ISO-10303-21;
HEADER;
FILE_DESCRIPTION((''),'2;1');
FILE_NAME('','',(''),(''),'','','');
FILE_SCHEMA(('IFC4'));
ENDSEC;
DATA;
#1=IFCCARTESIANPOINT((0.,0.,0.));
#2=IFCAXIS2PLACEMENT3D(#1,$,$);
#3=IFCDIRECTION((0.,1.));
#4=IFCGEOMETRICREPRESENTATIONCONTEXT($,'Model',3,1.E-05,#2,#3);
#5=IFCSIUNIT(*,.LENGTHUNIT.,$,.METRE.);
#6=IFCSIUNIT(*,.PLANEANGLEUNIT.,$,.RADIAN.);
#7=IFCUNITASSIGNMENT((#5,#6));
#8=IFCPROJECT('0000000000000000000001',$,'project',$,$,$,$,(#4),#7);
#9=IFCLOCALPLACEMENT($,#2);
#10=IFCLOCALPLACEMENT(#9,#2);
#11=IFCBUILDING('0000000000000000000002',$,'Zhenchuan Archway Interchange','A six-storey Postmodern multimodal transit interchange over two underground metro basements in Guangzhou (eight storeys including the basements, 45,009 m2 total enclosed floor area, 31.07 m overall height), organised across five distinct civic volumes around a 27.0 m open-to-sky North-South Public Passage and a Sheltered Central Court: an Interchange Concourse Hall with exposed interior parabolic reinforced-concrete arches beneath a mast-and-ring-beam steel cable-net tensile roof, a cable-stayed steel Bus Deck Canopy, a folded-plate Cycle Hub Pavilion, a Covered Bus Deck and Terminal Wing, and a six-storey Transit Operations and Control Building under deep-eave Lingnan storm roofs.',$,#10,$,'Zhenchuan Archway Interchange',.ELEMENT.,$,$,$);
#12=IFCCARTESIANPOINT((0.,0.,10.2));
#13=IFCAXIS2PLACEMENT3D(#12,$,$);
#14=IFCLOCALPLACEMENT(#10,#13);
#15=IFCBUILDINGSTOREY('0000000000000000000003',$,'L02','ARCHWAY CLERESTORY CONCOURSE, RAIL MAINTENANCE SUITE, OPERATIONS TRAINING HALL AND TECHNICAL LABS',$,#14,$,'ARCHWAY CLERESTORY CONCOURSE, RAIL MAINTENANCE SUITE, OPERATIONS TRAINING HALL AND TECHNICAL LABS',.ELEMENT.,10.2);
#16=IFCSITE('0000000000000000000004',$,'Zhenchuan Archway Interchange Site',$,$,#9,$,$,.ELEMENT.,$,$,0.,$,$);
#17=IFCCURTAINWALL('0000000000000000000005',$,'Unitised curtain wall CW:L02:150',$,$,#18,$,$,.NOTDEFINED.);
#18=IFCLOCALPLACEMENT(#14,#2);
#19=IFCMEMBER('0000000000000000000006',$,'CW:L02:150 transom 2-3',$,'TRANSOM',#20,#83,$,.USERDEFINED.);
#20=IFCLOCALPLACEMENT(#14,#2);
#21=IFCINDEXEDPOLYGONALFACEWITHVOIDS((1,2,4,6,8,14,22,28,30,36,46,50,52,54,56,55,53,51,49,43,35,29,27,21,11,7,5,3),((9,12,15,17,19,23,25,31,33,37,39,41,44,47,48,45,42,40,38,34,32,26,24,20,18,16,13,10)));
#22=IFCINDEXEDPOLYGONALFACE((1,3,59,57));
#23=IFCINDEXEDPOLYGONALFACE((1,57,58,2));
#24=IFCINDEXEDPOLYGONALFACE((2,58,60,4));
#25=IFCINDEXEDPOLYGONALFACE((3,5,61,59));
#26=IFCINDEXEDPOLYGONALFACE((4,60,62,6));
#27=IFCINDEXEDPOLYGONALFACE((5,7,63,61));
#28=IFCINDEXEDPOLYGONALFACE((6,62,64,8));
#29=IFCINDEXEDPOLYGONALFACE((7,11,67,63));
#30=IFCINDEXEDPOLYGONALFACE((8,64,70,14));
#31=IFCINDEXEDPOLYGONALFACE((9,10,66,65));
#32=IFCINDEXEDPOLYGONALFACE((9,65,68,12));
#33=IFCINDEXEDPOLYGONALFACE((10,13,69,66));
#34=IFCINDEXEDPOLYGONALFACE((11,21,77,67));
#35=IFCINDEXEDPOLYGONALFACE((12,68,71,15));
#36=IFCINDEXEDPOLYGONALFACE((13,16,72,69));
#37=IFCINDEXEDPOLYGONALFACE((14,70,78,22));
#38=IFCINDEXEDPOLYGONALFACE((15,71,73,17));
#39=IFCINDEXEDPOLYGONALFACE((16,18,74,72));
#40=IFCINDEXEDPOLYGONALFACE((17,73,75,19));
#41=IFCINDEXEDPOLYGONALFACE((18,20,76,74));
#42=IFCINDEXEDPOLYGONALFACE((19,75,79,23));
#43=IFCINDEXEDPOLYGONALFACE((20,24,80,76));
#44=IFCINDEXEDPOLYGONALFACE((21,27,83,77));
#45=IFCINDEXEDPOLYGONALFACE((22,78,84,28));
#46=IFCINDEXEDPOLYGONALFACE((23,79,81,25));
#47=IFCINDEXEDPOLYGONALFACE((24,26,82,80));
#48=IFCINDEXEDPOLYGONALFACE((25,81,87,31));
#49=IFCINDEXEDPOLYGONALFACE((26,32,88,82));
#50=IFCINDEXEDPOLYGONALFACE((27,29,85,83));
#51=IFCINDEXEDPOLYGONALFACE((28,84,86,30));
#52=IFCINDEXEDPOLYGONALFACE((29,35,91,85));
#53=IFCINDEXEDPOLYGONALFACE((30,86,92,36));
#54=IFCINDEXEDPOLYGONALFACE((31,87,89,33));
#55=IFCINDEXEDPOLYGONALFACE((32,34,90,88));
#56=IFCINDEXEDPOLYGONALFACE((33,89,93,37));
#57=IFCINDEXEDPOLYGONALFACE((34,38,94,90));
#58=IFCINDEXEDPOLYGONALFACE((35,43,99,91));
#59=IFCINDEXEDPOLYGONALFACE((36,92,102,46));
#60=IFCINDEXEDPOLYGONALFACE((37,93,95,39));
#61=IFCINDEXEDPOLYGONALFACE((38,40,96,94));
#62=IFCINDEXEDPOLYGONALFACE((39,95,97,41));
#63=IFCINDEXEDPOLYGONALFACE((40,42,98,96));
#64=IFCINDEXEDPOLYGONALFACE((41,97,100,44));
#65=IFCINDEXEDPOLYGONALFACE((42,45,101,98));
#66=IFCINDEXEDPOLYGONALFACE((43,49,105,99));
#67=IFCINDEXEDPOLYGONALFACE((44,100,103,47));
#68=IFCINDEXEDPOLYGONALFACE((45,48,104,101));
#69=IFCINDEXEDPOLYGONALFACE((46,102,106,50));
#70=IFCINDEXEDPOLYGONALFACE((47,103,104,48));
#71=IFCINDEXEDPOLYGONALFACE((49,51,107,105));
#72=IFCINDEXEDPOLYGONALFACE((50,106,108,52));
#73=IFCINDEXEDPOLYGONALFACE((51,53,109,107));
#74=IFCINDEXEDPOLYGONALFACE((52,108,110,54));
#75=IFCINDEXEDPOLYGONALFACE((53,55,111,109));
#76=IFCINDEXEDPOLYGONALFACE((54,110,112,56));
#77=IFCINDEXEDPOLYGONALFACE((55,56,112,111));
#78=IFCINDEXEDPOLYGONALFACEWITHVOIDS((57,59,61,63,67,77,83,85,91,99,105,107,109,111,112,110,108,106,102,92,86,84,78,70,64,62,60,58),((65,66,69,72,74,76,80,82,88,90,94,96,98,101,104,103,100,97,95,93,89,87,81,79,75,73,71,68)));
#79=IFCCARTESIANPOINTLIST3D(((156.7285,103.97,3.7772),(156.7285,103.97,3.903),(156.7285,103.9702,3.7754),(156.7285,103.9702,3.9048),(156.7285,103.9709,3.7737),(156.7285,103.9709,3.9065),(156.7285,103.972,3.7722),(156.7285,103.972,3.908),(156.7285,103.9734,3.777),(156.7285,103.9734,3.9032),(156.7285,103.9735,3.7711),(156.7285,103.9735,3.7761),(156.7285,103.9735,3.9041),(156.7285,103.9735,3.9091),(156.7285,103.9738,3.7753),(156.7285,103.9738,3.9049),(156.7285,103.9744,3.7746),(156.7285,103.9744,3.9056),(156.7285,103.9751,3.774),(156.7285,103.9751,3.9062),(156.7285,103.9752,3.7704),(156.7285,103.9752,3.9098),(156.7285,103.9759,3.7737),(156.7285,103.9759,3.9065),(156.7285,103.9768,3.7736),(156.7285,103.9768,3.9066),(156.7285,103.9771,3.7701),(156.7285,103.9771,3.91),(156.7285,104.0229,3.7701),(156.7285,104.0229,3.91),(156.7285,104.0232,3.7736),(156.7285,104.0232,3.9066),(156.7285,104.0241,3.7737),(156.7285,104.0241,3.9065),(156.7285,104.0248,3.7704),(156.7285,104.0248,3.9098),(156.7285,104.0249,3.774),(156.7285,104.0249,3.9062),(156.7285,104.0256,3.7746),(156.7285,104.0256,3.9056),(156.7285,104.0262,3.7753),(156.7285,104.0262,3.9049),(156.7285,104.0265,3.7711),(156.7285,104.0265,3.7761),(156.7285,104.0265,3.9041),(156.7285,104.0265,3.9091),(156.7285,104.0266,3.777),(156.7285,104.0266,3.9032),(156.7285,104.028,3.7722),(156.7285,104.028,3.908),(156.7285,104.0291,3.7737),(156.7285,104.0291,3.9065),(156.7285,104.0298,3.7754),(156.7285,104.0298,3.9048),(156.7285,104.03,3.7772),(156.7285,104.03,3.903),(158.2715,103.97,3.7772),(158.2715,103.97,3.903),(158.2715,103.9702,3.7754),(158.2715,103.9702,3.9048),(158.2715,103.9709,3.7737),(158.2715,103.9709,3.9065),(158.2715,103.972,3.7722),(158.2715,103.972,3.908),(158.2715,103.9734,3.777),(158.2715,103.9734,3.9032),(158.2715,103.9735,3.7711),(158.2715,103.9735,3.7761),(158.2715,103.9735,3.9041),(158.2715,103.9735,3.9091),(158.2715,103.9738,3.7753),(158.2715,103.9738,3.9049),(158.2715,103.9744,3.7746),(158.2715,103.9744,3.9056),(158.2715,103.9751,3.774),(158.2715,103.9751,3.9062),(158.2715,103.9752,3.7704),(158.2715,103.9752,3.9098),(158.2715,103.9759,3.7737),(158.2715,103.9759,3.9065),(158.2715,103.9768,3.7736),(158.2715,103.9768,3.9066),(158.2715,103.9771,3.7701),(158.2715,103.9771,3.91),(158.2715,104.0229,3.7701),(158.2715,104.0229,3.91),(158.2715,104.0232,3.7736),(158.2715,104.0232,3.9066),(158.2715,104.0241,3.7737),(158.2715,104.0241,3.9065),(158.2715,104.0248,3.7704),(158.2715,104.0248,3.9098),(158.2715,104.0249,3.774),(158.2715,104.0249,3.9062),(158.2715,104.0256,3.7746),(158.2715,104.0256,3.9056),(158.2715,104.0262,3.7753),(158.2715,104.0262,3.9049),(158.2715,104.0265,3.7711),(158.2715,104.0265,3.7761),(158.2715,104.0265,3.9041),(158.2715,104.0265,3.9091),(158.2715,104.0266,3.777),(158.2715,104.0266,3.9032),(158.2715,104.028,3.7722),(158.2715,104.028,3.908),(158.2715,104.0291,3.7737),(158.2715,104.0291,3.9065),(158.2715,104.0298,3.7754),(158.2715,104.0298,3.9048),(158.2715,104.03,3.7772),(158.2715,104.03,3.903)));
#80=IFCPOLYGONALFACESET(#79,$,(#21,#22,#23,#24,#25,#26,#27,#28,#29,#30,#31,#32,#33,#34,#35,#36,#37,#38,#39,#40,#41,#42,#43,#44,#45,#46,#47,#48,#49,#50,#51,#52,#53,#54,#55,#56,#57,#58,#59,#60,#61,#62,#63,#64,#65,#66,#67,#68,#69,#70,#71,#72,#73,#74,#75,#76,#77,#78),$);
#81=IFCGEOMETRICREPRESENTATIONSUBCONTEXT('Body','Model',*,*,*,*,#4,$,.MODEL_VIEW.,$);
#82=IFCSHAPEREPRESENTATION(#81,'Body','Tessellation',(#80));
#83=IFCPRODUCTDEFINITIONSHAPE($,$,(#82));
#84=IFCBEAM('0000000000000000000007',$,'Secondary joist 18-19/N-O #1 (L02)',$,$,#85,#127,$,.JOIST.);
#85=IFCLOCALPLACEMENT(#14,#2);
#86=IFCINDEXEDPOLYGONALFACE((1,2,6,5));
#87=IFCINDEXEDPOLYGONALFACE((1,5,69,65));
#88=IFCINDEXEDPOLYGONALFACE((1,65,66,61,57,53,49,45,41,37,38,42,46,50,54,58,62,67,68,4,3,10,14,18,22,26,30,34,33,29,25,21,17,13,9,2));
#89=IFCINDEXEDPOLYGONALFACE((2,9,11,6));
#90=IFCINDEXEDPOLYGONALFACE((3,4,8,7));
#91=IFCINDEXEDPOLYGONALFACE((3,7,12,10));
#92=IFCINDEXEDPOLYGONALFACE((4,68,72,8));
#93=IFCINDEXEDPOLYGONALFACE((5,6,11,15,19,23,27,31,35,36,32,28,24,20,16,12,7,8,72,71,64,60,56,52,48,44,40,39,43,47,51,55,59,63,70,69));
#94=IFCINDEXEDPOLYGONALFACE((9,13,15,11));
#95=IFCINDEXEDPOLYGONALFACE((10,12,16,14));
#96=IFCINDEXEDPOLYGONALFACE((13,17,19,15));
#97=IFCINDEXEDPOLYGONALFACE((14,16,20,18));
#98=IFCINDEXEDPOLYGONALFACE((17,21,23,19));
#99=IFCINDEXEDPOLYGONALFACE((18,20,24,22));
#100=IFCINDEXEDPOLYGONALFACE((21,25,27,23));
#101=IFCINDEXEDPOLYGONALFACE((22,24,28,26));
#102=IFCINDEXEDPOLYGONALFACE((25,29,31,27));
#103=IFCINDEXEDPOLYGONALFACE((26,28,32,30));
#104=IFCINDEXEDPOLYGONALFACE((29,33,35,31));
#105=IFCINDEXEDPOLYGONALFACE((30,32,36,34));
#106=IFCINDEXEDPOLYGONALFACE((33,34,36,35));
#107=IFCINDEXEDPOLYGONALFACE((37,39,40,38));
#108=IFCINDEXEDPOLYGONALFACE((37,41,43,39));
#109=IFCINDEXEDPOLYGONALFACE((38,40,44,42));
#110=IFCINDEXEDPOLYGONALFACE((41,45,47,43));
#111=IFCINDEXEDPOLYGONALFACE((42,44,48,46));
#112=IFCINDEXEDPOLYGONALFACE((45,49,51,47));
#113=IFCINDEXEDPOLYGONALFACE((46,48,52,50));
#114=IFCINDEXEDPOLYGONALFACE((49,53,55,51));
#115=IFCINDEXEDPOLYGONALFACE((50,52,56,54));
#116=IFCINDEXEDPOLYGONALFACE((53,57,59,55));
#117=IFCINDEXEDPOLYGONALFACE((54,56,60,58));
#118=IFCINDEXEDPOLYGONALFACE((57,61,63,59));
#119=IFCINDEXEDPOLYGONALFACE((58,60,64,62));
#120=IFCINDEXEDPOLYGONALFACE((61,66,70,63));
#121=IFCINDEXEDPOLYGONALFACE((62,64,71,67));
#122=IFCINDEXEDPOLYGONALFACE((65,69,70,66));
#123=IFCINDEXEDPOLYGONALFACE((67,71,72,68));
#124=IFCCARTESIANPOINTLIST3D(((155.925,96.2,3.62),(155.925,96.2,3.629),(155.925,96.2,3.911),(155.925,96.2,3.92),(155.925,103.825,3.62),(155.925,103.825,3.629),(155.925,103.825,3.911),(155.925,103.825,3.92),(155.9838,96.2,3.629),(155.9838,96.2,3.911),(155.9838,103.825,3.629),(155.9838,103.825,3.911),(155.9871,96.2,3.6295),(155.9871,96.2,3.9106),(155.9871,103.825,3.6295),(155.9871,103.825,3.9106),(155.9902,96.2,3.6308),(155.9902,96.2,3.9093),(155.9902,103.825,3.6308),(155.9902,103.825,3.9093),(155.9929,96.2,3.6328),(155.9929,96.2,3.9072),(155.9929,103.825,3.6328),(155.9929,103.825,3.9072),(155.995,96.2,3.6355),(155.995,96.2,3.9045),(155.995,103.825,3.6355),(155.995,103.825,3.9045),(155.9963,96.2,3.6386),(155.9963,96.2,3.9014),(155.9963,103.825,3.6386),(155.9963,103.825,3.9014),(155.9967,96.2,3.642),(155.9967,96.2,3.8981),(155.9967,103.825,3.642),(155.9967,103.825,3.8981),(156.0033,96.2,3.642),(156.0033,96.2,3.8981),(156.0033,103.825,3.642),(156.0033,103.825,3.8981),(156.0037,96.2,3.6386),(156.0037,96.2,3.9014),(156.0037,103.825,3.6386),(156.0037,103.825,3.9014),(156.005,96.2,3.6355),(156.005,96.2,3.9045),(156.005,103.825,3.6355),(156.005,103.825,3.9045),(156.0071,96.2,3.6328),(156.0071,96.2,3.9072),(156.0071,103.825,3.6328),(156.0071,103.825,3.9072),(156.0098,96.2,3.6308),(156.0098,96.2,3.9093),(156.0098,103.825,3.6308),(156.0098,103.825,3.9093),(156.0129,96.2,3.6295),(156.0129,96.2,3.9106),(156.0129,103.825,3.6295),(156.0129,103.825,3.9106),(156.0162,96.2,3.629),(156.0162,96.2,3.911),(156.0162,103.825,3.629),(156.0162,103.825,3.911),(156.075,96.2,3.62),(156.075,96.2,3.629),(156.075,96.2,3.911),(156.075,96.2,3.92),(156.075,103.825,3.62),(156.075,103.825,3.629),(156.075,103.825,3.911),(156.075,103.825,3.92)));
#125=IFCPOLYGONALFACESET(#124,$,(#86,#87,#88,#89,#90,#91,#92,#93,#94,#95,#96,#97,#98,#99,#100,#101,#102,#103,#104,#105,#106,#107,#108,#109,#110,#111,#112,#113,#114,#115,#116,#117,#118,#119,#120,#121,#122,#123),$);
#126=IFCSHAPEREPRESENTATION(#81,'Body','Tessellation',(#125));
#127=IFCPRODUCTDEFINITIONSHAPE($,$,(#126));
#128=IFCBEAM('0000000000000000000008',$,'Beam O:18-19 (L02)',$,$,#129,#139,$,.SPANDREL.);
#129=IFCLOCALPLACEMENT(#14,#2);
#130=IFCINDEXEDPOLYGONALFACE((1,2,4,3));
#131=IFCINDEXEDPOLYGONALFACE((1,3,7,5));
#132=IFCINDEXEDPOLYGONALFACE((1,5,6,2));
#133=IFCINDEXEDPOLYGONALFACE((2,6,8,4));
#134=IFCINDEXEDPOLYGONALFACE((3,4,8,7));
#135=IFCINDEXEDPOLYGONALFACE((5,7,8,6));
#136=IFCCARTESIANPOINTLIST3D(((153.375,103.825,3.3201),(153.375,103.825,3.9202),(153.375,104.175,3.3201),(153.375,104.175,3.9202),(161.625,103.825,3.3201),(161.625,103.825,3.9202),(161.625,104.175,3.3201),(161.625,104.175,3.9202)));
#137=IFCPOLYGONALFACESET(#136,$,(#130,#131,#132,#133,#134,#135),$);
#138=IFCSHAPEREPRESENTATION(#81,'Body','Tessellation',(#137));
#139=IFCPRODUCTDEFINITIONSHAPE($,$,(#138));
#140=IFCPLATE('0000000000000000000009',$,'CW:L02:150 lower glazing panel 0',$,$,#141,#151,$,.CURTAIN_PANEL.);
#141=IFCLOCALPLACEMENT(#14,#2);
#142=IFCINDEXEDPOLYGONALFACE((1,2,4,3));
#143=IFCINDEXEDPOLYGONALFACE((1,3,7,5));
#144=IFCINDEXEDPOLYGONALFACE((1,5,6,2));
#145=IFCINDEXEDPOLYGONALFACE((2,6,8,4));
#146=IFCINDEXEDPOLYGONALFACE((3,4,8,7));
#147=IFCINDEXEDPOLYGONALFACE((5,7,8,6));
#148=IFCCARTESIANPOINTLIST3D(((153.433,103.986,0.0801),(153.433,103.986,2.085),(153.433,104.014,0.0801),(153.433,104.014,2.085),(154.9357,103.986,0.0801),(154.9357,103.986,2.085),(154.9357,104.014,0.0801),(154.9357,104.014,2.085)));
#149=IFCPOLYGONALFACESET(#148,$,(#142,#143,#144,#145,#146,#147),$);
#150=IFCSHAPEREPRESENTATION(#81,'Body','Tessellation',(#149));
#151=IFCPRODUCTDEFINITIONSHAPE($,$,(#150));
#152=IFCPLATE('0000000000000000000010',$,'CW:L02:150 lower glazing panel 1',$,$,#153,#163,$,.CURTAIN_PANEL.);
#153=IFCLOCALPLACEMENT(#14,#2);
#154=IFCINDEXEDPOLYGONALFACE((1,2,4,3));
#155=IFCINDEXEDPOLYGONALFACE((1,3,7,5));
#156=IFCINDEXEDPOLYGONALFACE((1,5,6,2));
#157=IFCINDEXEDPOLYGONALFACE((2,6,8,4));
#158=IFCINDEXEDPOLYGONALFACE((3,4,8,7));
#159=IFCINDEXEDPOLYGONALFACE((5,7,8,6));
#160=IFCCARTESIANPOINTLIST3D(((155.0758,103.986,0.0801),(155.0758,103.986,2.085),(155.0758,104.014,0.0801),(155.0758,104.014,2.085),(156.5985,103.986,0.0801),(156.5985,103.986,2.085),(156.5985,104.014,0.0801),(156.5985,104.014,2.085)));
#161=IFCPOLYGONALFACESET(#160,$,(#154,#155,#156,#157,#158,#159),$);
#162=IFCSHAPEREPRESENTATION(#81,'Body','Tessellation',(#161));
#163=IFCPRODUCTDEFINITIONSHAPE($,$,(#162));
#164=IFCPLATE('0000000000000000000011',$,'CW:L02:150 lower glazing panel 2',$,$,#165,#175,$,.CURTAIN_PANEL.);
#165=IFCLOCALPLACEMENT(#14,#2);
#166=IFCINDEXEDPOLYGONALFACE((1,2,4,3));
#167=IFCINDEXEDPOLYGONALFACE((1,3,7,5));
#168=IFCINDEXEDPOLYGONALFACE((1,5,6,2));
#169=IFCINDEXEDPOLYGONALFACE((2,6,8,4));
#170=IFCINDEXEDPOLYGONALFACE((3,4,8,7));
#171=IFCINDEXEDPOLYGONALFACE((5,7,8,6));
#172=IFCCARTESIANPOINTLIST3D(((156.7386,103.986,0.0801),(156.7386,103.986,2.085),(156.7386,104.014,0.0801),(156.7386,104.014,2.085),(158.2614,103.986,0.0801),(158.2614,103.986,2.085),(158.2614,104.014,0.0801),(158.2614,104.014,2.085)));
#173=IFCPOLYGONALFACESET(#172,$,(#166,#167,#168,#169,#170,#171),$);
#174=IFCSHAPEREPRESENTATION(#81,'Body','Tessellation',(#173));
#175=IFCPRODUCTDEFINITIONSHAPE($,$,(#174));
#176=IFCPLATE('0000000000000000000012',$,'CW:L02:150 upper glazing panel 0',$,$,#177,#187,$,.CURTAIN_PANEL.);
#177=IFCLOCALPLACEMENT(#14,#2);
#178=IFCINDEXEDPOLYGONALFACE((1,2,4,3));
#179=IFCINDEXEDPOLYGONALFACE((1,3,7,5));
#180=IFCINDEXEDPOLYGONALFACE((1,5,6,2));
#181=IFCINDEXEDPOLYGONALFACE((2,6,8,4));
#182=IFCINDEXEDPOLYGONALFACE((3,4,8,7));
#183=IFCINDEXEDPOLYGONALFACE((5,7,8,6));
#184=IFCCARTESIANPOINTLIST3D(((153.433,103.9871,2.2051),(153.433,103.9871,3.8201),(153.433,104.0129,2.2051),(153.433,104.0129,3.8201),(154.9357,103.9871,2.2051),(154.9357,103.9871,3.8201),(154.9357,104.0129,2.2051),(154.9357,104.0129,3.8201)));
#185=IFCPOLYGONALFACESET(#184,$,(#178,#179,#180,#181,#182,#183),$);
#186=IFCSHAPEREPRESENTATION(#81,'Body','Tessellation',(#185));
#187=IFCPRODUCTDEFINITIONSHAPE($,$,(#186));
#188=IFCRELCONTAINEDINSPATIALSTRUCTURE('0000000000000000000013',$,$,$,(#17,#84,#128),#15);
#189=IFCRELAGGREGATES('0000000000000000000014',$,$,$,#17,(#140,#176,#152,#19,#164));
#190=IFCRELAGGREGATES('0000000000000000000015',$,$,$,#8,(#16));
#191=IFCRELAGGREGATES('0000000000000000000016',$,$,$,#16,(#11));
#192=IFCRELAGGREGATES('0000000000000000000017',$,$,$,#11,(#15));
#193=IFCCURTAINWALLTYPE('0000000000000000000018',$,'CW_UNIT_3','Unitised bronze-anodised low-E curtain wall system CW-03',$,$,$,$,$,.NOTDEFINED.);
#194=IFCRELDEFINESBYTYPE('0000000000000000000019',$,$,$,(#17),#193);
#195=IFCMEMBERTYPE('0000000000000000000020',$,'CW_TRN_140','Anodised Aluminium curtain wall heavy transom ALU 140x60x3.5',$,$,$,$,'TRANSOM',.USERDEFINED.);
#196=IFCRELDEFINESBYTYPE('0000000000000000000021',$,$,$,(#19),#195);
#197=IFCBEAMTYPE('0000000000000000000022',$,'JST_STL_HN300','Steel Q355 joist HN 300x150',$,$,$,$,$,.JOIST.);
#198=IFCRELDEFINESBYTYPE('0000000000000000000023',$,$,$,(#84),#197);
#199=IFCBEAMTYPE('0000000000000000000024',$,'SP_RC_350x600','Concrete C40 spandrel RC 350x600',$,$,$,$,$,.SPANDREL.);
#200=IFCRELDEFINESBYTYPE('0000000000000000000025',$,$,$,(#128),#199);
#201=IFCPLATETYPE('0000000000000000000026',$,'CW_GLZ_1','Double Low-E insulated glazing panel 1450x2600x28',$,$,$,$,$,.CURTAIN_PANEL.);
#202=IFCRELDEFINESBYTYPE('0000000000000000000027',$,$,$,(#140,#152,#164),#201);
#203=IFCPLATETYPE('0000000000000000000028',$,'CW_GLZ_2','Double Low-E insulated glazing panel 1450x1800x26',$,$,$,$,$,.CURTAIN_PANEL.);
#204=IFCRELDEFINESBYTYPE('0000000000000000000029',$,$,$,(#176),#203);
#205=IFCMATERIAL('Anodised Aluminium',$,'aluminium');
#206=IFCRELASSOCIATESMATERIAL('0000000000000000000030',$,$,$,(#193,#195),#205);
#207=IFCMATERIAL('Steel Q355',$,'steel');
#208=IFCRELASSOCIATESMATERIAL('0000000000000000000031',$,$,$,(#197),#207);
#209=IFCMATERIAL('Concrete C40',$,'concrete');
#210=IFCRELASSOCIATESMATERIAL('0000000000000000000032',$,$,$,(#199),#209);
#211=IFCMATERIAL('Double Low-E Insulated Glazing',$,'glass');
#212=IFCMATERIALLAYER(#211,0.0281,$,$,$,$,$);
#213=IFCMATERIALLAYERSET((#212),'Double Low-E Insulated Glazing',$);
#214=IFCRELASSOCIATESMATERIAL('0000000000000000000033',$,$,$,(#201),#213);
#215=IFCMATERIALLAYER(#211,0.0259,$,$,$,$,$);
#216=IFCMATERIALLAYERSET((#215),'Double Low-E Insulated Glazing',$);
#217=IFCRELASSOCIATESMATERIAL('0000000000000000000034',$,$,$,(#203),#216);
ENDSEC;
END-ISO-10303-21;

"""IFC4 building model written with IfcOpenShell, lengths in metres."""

from ifc_helpers import new_model, si_unit, direction, frame, origin, origin_2d, place, context, subcontext, project, spatial, rectangle, hollow_rectangle, i_section, extrude, material, layer, layer_set, material_profile, profile_set, type_object, element, aggregate, save


model = new_model("IFC4")

# Units and contexts
model_context = context("Model", 3, precision=1e-05, world=origin(), true_north=direction((0.0, 1.0)))
body_context = subcontext(model_context, "Body", "Model", "MODEL_VIEW")
ifc_project = project(units=[si_unit("LENGTHUNIT", "METRE"), si_unit("PLANEANGLEUNIT", "RADIAN")], contexts=[model_context])

# Site, building, storey
site_placement = place(None, origin())
site = spatial("IfcSite", under=ifc_project, at=site_placement, Name="Zhenchuan Archway Interchange Site", CompositionType="ELEMENT", RefElevation=0.0)
building_placement = place(site_placement, origin())
building = spatial("IfcBuilding", under=site, at=building_placement, Name="Zhenchuan Archway Interchange", Description="A six-storey Postmodern multimodal transit interchange over two underground metro basements in Guangzhou (eight storeys including the basements, 45,009 m2 total enclosed floor area, 31.07 m overall height), organised across five distinct civic volumes around a 27.0 m open-to-sky North-South Public Passage and a Sheltered Central Court: an Interchange Concourse Hall with exposed interior parabolic reinforced-concrete arches beneath a mast-and-ring-beam steel cable-net tensile roof, a cable-stayed steel Bus Deck Canopy, a folded-plate Cycle Hub Pavilion, a Covered Bus Deck and Terminal Wing, and a six-storey Transit Operations and Control Building under deep-eave Lingnan storm roofs.", LongName="Zhenchuan Archway Interchange", CompositionType="ELEMENT")
storey_placement = place(building_placement, frame((0.0, 0.0, 10.2)))
storey = spatial("IfcBuildingStorey", under=building, at=storey_placement, Name="L02", Description="ARCHWAY CLERESTORY CONCOURSE, RAIL MAINTENANCE SUITE, OPERATIONS TRAINING HALL AND TECHNICAL LABS", LongName="ARCHWAY CLERESTORY CONCOURSE, RAIL MAINTENANCE SUITE, OPERATIONS TRAINING HALL AND TECHNICAL LABS", CompositionType="ELEMENT", Elevation=10.2)

# Shared definitions
ifc_material_1 = material(Name="Concrete C40", Category="concrete")

# Curtain wall, member
ifc_material_2 = material(Name="Anodised Aluminium", Category="aluminium")
curtain_wall_type = type_object("IfcCurtainWallType", Name="CW_UNIT_3", Description="Unitised bronze-anodised low-E curtain wall system CW-03", PredefinedType="NOTDEFINED", material=ifc_material_2)
curtain_wall_placement = place(storey_placement, origin())
curtain_wall = element("IfcCurtainWall", 1, at=curtain_wall_placement, inside=storey, type_object=curtain_wall_type, Name="Unitised curtain wall CW:L02:150", PredefinedType="NOTDEFINED")
ifc_material_profile_1 = material_profile(ifc_material_2, hollow_rectangle(XDim=0.0601, YDim=0.1399, WallThickness=0.0034, InnerFilletRadius=0.0034, OuterFilletRadius=0.0071, at=origin_2d()), Name="ALU 140x60x3.5")
ifc_profile_set_1 = profile_set([ifc_material_profile_1], Name="Anodised Aluminium")
member_type_1 = type_object("IfcMemberType", Name="CW_TRN_140", Description="Anodised Aluminium curtain wall heavy transom ALU 140x60x3.5", ElementType="TRANSOM", PredefinedType="USERDEFINED", material=ifc_profile_set_1)
member_1_placement = place(storey_placement, frame((156.7285, 104.0, 3.8401), z_axis=(1.0, 0.0, 0.0), x_axis=(0.0, 1.0, 0.0)))
member_1 = element("IfcMember", 2, at=member_1_placement, type_object=member_type_1, Name="CW:L02:150 transom 2-3", ObjectType="TRANSOM", PredefinedType="USERDEFINED", context=body_context, shape_type="SweptSolid", body=[
    extrude(hollow_rectangle(XDim=0.0601, YDim=0.1399, WallThickness=0.0034, InnerFilletRadius=0.0034, OuterFilletRadius=0.0071, at=origin_2d()), origin(), (0.0, 0.0, 1.0), 1.543),
])

# Beams
ifc_material_3 = material(Name="Steel Q355", Category="steel")
ifc_material_profile_2 = material_profile(ifc_material_3, i_section(OverallWidth=0.1499, OverallDepth=0.3, WebThickness=0.0066, FlangeThickness=0.009, FilletRadius=0.0129, at=origin_2d()), Name="HN 300x150")
ifc_profile_set_2 = profile_set([ifc_material_profile_2], Name="Steel Q355")
beam_type_1 = type_object("IfcBeamType", Name="JST_STL_HN300", Description="Steel Q355 joist HN 300x150", PredefinedType="JOIST", material=ifc_profile_set_2)
beam_1_placement = place(storey_placement, frame((156.0, 96.2, 3.77), z_axis=(0.0, 1.0, 0.0), x_axis=(-1.0, 0.0, 0.0)))
element("IfcBeam", 3, at=beam_1_placement, inside=storey, type_object=beam_type_1, Name="Secondary joist 18-19/N-O #1 (L02)", PredefinedType="JOIST", context=body_context, shape_type="SweptSolid", body=[
    extrude(i_section(OverallWidth=0.1499, OverallDepth=0.3, WebThickness=0.0066, FlangeThickness=0.009, FilletRadius=0.0129, at=origin_2d()), origin(), (0.0, 0.0, 1.0), 7.625),
])
ifc_material_profile_3 = material_profile(ifc_material_1, rectangle(XDim=0.3501, YDim=0.6001, at=origin_2d()), Name="RC 350x600")
ifc_profile_set_3 = profile_set([ifc_material_profile_3], Name="Concrete C40")
beam_type_2 = type_object("IfcBeamType", Name="SP_RC_350x600", Description="Concrete C40 spandrel RC 350x600", PredefinedType="SPANDREL", material=ifc_profile_set_3)
beam_2_placement = place(storey_placement, frame((153.375, 104.0, 3.6201), z_axis=(1.0, 0.0, 0.0), x_axis=(0.0, 1.0, 0.0)))
element("IfcBeam", 4, at=beam_2_placement, inside=storey, type_object=beam_type_2, Name="Beam O:18-19 (L02)", PredefinedType="SPANDREL", context=body_context, shape_type="SweptSolid", body=[
    extrude(rectangle(XDim=0.3501, YDim=0.6001, at=origin_2d()), origin(), (0.0, 0.0, 1.0), 8.25),
])

# Plates
ifc_material_4 = material(Name="Double Low-E Insulated Glazing", Category="glass")
ifc_layer_1 = layer(ifc_material_4, 0.0281)
ifc_layer_set_1 = layer_set([ifc_layer_1], Name="Double Low-E Insulated Glazing")
plate_type_1 = type_object("IfcPlateType", Name="CW_GLZ_1", Description="Double Low-E insulated glazing panel 1450x2600x28", PredefinedType="CURTAIN_PANEL", material=ifc_layer_set_1)
plate_1_placement = place(storey_placement, frame((154.1843, 104.0, 0.0801), z_axis=(0.0, 0.0, 1.0), x_axis=(1.0, 0.0, 0.0)))
plate_1 = element("IfcPlate", 5, at=plate_1_placement, type_object=plate_type_1, Name="CW:L02:150 lower glazing panel 0", PredefinedType="CURTAIN_PANEL", context=body_context, shape_type="SweptSolid", body=[
    extrude(rectangle(XDim=1.5027, YDim=0.0281, at=origin_2d()), origin(), (0.0, 0.0, 1.0), 2.0049),
])
plate_2_placement = place(storey_placement, frame((155.8372, 104.0, 0.0801), z_axis=(0.0, 0.0, 1.0), x_axis=(1.0, 0.0, 0.0)))
plate_2 = element("IfcPlate", 6, at=plate_2_placement, type_object=plate_type_1, Name="CW:L02:150 lower glazing panel 1", PredefinedType="CURTAIN_PANEL", context=body_context, shape_type="SweptSolid", body=[
    extrude(rectangle(XDim=1.5227, YDim=0.0281, at=origin_2d()), origin(), (0.0, 0.0, 1.0), 2.0049),
])
plate_3_placement = place(storey_placement, frame((157.5, 104.0, 0.0801), z_axis=(0.0, 0.0, 1.0), x_axis=(1.0, 0.0, 0.0)))
plate_3 = element("IfcPlate", 7, at=plate_3_placement, type_object=plate_type_1, Name="CW:L02:150 lower glazing panel 2", PredefinedType="CURTAIN_PANEL", context=body_context, shape_type="SweptSolid", body=[
    extrude(rectangle(XDim=1.5227, YDim=0.0281, at=origin_2d()), origin(), (0.0, 0.0, 1.0), 2.0049),
])
ifc_layer_2 = layer(ifc_material_4, 0.0259)
ifc_layer_set_2 = layer_set([ifc_layer_2], Name="Double Low-E Insulated Glazing")
plate_type_2 = type_object("IfcPlateType", Name="CW_GLZ_2", Description="Double Low-E insulated glazing panel 1450x1800x26", PredefinedType="CURTAIN_PANEL", material=ifc_layer_set_2)
plate_4_placement = place(storey_placement, frame((154.1843, 104.0, 2.2051), z_axis=(0.0, 0.0, 1.0), x_axis=(1.0, 0.0, 0.0)))
plate_4 = element("IfcPlate", 8, at=plate_4_placement, type_object=plate_type_2, Name="CW:L02:150 upper glazing panel 0", PredefinedType="CURTAIN_PANEL", context=body_context, shape_type="SweptSolid", body=[
    extrude(rectangle(XDim=1.5027, YDim=0.0259, at=origin_2d()), origin(), (0.0, 0.0, 1.0), 1.615),
])
aggregate(curtain_wall, [plate_1, plate_4, plate_2, member_1, plate_3])

save(model, "model.ifc")
